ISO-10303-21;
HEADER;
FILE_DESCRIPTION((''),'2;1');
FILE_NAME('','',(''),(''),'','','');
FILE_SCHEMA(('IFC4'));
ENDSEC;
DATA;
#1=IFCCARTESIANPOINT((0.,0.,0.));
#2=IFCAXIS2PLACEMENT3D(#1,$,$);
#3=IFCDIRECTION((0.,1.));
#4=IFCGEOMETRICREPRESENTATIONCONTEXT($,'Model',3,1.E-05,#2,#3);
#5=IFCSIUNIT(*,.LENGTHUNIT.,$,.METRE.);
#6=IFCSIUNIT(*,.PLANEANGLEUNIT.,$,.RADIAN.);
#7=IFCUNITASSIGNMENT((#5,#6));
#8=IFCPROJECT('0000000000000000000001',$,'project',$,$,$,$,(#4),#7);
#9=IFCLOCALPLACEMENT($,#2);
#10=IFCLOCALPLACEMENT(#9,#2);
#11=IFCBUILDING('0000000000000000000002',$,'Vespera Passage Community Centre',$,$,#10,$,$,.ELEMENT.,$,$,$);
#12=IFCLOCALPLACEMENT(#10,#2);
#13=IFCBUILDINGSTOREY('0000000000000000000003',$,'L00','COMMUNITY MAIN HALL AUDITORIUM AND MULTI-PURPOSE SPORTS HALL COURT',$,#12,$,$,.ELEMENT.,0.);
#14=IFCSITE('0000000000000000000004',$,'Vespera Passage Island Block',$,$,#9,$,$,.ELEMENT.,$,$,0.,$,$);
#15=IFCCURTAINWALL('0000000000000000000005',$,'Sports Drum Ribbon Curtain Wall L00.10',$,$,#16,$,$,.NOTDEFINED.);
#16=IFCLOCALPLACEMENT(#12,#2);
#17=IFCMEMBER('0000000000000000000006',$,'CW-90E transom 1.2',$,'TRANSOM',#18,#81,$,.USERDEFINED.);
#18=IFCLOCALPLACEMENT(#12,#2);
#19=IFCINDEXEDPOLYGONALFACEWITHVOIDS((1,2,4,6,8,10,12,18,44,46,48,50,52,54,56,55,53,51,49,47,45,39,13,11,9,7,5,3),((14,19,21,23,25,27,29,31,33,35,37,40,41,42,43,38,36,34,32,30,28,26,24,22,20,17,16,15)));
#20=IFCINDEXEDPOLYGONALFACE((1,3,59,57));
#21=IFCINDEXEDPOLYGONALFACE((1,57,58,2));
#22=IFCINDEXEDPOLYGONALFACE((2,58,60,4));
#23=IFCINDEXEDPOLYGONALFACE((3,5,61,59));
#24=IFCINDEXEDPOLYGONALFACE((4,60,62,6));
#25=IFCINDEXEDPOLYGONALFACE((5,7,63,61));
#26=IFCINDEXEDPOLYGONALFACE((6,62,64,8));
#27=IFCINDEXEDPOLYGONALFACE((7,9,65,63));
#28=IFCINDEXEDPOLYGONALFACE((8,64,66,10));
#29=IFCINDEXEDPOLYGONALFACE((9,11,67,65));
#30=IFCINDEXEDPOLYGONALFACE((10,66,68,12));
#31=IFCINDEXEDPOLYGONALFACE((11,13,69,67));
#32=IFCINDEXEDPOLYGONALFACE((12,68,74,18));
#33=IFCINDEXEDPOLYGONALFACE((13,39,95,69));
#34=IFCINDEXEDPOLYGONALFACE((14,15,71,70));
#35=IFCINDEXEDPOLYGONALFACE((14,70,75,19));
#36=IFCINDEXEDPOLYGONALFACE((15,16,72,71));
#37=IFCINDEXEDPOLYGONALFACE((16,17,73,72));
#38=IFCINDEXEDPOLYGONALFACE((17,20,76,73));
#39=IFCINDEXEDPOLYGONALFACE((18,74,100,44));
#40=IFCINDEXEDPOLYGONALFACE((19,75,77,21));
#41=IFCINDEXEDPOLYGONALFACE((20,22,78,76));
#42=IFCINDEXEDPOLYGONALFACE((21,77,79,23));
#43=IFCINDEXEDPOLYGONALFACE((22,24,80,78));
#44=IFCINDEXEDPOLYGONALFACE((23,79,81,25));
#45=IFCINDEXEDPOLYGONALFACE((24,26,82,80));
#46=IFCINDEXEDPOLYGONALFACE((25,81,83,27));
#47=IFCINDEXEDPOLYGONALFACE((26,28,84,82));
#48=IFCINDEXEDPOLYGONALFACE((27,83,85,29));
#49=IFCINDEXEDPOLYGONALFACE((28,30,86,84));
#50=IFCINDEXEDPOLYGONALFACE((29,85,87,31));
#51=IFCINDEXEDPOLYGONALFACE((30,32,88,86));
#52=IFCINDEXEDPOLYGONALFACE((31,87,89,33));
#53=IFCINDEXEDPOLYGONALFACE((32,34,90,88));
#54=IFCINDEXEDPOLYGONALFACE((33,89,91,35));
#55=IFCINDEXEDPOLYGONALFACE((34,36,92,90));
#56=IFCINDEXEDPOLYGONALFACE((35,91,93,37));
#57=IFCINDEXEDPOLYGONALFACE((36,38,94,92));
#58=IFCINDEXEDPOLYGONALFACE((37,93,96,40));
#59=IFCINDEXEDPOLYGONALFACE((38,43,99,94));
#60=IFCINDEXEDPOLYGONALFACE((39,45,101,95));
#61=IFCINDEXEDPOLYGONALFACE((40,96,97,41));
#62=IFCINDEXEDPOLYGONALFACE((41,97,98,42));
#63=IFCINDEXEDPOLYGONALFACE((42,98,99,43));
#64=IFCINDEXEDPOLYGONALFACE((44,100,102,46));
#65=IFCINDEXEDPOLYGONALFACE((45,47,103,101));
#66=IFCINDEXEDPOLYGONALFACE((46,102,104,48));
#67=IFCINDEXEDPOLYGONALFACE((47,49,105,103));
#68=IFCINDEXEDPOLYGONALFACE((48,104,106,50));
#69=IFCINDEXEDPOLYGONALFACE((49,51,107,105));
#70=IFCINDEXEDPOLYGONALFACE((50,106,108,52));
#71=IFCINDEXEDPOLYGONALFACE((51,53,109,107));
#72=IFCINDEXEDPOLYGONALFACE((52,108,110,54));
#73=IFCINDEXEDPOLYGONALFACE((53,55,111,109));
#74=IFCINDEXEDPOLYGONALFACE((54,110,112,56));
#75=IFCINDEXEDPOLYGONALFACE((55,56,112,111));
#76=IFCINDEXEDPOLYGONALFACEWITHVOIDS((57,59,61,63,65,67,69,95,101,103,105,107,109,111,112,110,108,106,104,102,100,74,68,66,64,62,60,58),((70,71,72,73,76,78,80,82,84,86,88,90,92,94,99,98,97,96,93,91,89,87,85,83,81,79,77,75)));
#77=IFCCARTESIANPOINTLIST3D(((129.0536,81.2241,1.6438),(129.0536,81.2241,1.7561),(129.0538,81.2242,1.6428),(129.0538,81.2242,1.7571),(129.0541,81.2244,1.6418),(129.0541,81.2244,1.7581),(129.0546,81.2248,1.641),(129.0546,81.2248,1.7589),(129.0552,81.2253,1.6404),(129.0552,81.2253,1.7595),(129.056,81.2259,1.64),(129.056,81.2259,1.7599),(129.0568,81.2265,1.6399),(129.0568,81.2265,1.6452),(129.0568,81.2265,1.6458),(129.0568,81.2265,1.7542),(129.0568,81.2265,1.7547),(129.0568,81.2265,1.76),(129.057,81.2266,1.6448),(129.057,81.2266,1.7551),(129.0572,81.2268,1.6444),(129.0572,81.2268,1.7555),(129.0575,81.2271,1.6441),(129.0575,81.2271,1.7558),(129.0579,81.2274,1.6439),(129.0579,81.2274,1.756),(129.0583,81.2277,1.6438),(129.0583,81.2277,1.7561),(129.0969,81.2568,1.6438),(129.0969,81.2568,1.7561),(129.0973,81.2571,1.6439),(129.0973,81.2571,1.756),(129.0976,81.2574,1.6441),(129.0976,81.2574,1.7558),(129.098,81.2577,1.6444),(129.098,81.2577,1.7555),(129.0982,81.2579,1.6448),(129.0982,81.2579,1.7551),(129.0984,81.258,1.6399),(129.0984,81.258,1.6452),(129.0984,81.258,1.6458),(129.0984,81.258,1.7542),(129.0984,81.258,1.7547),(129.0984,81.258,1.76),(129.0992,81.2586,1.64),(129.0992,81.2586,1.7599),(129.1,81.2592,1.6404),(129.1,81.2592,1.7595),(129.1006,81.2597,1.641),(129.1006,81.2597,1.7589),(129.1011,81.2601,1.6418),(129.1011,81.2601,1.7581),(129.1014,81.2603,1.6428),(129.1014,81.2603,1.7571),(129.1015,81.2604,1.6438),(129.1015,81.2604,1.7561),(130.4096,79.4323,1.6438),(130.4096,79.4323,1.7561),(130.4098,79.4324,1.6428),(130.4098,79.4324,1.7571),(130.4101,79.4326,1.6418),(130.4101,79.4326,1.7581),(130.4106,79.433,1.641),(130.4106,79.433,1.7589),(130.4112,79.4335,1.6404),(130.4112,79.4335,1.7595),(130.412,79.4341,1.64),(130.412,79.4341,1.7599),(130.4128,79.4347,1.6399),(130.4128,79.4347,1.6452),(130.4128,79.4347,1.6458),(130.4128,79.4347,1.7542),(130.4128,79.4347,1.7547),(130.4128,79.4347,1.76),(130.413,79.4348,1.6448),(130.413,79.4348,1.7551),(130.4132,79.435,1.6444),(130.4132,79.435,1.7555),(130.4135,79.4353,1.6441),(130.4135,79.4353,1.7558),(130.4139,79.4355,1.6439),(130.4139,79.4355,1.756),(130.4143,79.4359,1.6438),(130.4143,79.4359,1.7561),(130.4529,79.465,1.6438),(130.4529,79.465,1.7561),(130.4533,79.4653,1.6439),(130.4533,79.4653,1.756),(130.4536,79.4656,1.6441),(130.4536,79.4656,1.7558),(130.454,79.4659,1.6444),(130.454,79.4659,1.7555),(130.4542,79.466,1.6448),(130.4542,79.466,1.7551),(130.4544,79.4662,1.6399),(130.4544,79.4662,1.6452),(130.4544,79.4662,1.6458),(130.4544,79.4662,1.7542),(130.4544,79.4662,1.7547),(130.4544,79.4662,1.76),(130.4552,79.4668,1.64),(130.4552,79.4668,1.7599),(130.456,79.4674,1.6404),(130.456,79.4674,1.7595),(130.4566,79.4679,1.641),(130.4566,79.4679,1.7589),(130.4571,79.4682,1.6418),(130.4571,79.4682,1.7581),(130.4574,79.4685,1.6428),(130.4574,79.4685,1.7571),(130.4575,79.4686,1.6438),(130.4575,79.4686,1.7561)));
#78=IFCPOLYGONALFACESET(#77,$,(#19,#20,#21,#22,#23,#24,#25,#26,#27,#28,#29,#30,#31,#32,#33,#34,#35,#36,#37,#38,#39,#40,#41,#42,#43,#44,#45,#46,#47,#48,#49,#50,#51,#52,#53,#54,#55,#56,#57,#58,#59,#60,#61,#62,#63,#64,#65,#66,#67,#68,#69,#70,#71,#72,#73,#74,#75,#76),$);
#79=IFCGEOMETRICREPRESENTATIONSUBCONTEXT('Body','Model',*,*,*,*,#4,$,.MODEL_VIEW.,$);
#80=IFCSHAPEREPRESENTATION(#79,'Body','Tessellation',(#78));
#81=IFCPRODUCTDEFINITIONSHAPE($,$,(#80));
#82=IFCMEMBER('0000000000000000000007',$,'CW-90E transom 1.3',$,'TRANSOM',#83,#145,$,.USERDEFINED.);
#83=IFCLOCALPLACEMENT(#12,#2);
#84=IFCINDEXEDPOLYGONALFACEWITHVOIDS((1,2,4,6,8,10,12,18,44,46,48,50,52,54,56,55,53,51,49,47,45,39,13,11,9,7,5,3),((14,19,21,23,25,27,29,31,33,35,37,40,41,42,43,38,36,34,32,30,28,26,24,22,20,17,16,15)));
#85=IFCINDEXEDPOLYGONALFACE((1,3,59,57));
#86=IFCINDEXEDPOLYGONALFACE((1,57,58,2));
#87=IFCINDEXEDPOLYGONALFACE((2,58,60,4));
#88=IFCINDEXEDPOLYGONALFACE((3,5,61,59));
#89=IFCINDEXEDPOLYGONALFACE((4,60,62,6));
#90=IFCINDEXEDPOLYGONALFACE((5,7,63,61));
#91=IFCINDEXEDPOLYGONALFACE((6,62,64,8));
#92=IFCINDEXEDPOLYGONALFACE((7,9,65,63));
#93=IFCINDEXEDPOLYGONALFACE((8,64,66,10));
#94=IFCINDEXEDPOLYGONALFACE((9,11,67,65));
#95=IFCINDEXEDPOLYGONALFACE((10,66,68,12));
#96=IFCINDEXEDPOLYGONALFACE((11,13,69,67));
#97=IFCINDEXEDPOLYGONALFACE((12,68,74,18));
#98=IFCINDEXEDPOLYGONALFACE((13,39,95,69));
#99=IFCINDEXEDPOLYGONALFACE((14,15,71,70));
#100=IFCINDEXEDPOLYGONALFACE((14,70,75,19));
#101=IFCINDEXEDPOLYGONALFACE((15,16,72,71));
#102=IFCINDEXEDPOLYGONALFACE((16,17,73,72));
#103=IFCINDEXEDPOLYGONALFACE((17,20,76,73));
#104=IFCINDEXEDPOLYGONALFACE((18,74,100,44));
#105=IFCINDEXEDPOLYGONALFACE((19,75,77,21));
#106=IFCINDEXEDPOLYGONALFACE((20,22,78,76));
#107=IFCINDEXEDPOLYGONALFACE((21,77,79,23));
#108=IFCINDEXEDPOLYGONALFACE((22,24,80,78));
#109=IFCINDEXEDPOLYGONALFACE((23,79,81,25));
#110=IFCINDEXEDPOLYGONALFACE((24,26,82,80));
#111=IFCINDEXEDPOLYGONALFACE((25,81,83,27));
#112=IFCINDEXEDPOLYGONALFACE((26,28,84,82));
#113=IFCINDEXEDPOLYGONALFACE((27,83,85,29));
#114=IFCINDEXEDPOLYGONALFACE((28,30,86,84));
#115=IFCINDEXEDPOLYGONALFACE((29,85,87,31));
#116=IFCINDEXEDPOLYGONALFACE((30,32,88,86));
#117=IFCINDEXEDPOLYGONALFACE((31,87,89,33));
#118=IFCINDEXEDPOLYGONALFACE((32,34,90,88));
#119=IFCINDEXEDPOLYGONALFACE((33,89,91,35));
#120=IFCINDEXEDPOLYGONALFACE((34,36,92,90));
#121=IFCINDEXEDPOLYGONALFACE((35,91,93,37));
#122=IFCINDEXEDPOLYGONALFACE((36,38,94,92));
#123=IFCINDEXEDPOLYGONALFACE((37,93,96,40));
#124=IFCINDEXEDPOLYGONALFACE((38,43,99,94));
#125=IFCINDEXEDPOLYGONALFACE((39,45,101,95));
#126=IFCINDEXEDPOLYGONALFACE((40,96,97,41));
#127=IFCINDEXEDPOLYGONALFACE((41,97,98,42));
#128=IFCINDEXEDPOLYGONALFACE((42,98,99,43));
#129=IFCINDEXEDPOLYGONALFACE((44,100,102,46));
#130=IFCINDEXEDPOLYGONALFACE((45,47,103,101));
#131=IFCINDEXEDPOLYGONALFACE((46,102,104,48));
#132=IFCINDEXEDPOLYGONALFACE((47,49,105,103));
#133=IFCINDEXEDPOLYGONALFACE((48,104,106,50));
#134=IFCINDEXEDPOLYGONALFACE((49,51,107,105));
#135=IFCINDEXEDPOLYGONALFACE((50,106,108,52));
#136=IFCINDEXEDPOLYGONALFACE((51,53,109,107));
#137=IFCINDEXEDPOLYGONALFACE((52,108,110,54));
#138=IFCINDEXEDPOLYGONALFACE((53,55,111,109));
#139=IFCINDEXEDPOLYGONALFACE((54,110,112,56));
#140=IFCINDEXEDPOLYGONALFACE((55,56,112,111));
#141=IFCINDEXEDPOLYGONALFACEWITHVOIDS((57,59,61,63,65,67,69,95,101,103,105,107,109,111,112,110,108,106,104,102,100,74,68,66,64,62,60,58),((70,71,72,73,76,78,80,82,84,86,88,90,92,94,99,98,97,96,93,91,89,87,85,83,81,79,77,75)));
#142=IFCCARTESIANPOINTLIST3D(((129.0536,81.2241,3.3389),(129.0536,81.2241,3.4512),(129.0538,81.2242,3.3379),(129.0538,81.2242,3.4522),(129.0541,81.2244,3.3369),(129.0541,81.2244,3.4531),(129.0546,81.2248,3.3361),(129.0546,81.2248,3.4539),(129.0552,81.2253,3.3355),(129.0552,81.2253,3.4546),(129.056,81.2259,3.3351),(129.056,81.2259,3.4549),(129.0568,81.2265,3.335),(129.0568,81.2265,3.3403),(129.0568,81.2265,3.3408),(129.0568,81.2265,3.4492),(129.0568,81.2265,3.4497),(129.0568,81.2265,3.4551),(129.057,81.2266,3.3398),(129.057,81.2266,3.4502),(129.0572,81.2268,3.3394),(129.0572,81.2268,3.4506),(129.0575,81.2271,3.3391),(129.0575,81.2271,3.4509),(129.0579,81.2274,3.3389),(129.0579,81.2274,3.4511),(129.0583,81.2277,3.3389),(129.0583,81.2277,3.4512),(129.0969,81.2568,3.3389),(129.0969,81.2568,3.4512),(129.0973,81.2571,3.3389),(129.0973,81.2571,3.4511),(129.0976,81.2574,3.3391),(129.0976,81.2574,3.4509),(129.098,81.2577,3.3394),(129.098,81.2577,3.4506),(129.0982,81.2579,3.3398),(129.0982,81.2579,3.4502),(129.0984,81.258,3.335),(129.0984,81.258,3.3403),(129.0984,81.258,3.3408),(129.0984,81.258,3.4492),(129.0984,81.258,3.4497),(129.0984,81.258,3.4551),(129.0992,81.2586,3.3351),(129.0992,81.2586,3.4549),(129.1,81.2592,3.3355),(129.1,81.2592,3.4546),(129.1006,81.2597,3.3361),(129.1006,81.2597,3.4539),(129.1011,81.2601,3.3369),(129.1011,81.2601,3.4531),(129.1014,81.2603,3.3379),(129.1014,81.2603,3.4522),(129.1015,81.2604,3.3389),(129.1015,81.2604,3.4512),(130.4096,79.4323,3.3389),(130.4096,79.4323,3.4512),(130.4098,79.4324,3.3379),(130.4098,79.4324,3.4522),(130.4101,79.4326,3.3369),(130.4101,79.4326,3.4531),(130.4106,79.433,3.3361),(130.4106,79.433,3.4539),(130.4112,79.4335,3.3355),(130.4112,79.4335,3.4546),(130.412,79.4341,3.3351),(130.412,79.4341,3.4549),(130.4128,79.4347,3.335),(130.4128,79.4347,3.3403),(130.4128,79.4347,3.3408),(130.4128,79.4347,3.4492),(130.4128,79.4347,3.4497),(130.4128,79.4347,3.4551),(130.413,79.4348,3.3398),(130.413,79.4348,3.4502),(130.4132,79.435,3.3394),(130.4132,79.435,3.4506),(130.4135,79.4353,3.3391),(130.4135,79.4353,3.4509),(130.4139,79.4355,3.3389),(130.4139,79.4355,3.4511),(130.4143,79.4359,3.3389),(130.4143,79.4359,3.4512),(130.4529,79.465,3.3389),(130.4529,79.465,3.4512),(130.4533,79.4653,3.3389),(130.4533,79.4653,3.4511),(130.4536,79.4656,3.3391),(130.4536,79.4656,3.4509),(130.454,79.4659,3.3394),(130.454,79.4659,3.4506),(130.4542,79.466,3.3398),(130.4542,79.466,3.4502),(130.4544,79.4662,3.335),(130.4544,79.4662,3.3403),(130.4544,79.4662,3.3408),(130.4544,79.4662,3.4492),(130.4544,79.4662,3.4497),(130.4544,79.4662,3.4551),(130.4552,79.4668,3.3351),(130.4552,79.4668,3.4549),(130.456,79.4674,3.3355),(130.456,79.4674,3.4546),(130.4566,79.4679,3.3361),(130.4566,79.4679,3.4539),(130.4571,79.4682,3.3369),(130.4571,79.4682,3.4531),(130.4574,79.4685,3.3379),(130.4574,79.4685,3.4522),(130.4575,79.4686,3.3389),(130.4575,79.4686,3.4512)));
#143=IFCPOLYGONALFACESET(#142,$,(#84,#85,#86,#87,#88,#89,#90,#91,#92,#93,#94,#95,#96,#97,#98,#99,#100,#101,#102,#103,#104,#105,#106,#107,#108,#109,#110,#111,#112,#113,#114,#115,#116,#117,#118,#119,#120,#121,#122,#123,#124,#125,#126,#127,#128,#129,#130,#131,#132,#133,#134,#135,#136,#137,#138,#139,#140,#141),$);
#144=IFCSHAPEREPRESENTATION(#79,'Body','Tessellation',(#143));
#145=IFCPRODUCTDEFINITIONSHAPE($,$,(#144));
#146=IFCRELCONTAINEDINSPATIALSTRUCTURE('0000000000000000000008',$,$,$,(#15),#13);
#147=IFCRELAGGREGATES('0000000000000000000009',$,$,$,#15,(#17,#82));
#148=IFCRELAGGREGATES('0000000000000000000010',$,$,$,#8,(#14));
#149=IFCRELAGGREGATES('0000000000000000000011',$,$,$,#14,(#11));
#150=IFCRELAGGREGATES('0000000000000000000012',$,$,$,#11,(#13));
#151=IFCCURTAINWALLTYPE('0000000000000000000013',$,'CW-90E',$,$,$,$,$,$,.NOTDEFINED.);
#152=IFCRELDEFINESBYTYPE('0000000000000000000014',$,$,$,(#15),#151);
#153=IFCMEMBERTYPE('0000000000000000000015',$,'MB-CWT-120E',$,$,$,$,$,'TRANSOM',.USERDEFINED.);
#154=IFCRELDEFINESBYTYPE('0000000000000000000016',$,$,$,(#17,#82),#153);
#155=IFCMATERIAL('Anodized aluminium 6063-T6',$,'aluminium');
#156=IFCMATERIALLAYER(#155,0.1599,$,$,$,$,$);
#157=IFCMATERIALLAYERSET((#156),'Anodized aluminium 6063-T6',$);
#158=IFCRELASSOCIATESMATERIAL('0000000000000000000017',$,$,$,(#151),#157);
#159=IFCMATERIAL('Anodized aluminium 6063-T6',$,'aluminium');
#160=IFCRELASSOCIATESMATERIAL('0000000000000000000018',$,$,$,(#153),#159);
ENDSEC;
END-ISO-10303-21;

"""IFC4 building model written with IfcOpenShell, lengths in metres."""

from ifc_helpers import new_model, si_unit, direction, frame, origin, origin_2d, place, context, subcontext, project, spatial, hollow_rectangle, extrude, material, layer, layer_set, material_profile, profile_set, type_object, element, aggregate, save


model = new_model("IFC4")

# Units and contexts
model_context = context("Model", 3, precision=1e-05, world=origin(), true_north=direction((0.0, 1.0)))
body_context = subcontext(model_context, "Body", "Model", "MODEL_VIEW")
ifc_project = project(units=[si_unit("LENGTHUNIT", "METRE"), si_unit("PLANEANGLEUNIT", "RADIAN")], contexts=[model_context])

# Site, building, storey
site_placement = place(None, origin())
site = spatial("IfcSite", under=ifc_project, at=site_placement, Name="Vespera Passage Island Block", CompositionType="ELEMENT", RefElevation=0.0)
building_placement = place(site_placement, origin())
building = spatial("IfcBuilding", under=site, at=building_placement, Name="Vespera Passage Community Centre", CompositionType="ELEMENT")
storey_placement = place(building_placement, origin())
storey = spatial("IfcBuildingStorey", under=building, at=storey_placement, Name="L00", Description="COMMUNITY MAIN HALL AUDITORIUM AND MULTI-PURPOSE SPORTS HALL COURT", CompositionType="ELEMENT", Elevation=0.0)

# Curtain wall, members
ifc_material_1 = material(Name="Anodized aluminium 6063-T6", Category="aluminium")
ifc_layer_1 = layer(ifc_material_1, 0.1599)
ifc_layer_set_1 = layer_set([ifc_layer_1], Name="Anodized aluminium 6063-T6")
curtain_wall_type = type_object("IfcCurtainWallType", Name="CW-90E", PredefinedType="NOTDEFINED", material=ifc_layer_set_1)
curtain_wall_placement = place(storey_placement, origin())
curtain_wall = element("IfcCurtainWall", 1, at=curtain_wall_placement, inside=storey, type_object=curtain_wall_type, Name="Sports Drum Ribbon Curtain Wall L00.10", PredefinedType="NOTDEFINED")
ifc_material_2 = material(Name="Anodized aluminium 6063-T6", Category="aluminium")
ifc_material_profile_1 = material_profile(ifc_material_2, hollow_rectangle(XDim=0.0601, YDim=0.1201, WallThickness=0.0039, InnerFilletRadius=0.002, OuterFilletRadius=0.0039, at=origin_2d()), Name="ALU120X60X4")
ifc_profile_set_1 = profile_set([ifc_material_profile_1], Name="Anodized aluminium 6063-T6")
member_type_1 = type_object("IfcMemberType", Name="MB-CWT-120E", ElementType="TRANSOM", PredefinedType="USERDEFINED", material=ifc_profile_set_1)
member_1_placement = place(storey_placement, frame((130.4336, 79.4504, 1.7), z_axis=(-0.603454, 0.797398, 0.0), x_axis=(-0.797398, -0.603454, 0.0)))
member_1 = element("IfcMember", 2, at=member_1_placement, type_object=member_type_1, Name="CW-90E transom 1.2", ObjectType="TRANSOM", PredefinedType="USERDEFINED", context=body_context, shape_type="SweptSolid", body=[
    extrude(hollow_rectangle(XDim=0.0601, YDim=0.1201, WallThickness=0.0039, InnerFilletRadius=0.002, OuterFilletRadius=0.0039, at=origin_2d()), origin(), (0.0, 0.0, 1.0), 2.2471),
])
member_2_placement = place(storey_placement, frame((130.4336, 79.4504, 3.395), z_axis=(-0.603454, 0.797398, 0.0), x_axis=(-0.797398, -0.603454, 0.0)))
member_2 = element("IfcMember", 3, at=member_2_placement, type_object=member_type_1, Name="CW-90E transom 1.3", ObjectType="TRANSOM", PredefinedType="USERDEFINED", context=body_context, shape_type="SweptSolid", body=[
    extrude(hollow_rectangle(XDim=0.0601, YDim=0.1201, WallThickness=0.0039, InnerFilletRadius=0.002, OuterFilletRadius=0.0039, at=origin_2d()), origin(), (0.0, 0.0, 1.0), 2.2471),
])
aggregate(curtain_wall, [member_1, member_2])

save(model, "model.ifc")
